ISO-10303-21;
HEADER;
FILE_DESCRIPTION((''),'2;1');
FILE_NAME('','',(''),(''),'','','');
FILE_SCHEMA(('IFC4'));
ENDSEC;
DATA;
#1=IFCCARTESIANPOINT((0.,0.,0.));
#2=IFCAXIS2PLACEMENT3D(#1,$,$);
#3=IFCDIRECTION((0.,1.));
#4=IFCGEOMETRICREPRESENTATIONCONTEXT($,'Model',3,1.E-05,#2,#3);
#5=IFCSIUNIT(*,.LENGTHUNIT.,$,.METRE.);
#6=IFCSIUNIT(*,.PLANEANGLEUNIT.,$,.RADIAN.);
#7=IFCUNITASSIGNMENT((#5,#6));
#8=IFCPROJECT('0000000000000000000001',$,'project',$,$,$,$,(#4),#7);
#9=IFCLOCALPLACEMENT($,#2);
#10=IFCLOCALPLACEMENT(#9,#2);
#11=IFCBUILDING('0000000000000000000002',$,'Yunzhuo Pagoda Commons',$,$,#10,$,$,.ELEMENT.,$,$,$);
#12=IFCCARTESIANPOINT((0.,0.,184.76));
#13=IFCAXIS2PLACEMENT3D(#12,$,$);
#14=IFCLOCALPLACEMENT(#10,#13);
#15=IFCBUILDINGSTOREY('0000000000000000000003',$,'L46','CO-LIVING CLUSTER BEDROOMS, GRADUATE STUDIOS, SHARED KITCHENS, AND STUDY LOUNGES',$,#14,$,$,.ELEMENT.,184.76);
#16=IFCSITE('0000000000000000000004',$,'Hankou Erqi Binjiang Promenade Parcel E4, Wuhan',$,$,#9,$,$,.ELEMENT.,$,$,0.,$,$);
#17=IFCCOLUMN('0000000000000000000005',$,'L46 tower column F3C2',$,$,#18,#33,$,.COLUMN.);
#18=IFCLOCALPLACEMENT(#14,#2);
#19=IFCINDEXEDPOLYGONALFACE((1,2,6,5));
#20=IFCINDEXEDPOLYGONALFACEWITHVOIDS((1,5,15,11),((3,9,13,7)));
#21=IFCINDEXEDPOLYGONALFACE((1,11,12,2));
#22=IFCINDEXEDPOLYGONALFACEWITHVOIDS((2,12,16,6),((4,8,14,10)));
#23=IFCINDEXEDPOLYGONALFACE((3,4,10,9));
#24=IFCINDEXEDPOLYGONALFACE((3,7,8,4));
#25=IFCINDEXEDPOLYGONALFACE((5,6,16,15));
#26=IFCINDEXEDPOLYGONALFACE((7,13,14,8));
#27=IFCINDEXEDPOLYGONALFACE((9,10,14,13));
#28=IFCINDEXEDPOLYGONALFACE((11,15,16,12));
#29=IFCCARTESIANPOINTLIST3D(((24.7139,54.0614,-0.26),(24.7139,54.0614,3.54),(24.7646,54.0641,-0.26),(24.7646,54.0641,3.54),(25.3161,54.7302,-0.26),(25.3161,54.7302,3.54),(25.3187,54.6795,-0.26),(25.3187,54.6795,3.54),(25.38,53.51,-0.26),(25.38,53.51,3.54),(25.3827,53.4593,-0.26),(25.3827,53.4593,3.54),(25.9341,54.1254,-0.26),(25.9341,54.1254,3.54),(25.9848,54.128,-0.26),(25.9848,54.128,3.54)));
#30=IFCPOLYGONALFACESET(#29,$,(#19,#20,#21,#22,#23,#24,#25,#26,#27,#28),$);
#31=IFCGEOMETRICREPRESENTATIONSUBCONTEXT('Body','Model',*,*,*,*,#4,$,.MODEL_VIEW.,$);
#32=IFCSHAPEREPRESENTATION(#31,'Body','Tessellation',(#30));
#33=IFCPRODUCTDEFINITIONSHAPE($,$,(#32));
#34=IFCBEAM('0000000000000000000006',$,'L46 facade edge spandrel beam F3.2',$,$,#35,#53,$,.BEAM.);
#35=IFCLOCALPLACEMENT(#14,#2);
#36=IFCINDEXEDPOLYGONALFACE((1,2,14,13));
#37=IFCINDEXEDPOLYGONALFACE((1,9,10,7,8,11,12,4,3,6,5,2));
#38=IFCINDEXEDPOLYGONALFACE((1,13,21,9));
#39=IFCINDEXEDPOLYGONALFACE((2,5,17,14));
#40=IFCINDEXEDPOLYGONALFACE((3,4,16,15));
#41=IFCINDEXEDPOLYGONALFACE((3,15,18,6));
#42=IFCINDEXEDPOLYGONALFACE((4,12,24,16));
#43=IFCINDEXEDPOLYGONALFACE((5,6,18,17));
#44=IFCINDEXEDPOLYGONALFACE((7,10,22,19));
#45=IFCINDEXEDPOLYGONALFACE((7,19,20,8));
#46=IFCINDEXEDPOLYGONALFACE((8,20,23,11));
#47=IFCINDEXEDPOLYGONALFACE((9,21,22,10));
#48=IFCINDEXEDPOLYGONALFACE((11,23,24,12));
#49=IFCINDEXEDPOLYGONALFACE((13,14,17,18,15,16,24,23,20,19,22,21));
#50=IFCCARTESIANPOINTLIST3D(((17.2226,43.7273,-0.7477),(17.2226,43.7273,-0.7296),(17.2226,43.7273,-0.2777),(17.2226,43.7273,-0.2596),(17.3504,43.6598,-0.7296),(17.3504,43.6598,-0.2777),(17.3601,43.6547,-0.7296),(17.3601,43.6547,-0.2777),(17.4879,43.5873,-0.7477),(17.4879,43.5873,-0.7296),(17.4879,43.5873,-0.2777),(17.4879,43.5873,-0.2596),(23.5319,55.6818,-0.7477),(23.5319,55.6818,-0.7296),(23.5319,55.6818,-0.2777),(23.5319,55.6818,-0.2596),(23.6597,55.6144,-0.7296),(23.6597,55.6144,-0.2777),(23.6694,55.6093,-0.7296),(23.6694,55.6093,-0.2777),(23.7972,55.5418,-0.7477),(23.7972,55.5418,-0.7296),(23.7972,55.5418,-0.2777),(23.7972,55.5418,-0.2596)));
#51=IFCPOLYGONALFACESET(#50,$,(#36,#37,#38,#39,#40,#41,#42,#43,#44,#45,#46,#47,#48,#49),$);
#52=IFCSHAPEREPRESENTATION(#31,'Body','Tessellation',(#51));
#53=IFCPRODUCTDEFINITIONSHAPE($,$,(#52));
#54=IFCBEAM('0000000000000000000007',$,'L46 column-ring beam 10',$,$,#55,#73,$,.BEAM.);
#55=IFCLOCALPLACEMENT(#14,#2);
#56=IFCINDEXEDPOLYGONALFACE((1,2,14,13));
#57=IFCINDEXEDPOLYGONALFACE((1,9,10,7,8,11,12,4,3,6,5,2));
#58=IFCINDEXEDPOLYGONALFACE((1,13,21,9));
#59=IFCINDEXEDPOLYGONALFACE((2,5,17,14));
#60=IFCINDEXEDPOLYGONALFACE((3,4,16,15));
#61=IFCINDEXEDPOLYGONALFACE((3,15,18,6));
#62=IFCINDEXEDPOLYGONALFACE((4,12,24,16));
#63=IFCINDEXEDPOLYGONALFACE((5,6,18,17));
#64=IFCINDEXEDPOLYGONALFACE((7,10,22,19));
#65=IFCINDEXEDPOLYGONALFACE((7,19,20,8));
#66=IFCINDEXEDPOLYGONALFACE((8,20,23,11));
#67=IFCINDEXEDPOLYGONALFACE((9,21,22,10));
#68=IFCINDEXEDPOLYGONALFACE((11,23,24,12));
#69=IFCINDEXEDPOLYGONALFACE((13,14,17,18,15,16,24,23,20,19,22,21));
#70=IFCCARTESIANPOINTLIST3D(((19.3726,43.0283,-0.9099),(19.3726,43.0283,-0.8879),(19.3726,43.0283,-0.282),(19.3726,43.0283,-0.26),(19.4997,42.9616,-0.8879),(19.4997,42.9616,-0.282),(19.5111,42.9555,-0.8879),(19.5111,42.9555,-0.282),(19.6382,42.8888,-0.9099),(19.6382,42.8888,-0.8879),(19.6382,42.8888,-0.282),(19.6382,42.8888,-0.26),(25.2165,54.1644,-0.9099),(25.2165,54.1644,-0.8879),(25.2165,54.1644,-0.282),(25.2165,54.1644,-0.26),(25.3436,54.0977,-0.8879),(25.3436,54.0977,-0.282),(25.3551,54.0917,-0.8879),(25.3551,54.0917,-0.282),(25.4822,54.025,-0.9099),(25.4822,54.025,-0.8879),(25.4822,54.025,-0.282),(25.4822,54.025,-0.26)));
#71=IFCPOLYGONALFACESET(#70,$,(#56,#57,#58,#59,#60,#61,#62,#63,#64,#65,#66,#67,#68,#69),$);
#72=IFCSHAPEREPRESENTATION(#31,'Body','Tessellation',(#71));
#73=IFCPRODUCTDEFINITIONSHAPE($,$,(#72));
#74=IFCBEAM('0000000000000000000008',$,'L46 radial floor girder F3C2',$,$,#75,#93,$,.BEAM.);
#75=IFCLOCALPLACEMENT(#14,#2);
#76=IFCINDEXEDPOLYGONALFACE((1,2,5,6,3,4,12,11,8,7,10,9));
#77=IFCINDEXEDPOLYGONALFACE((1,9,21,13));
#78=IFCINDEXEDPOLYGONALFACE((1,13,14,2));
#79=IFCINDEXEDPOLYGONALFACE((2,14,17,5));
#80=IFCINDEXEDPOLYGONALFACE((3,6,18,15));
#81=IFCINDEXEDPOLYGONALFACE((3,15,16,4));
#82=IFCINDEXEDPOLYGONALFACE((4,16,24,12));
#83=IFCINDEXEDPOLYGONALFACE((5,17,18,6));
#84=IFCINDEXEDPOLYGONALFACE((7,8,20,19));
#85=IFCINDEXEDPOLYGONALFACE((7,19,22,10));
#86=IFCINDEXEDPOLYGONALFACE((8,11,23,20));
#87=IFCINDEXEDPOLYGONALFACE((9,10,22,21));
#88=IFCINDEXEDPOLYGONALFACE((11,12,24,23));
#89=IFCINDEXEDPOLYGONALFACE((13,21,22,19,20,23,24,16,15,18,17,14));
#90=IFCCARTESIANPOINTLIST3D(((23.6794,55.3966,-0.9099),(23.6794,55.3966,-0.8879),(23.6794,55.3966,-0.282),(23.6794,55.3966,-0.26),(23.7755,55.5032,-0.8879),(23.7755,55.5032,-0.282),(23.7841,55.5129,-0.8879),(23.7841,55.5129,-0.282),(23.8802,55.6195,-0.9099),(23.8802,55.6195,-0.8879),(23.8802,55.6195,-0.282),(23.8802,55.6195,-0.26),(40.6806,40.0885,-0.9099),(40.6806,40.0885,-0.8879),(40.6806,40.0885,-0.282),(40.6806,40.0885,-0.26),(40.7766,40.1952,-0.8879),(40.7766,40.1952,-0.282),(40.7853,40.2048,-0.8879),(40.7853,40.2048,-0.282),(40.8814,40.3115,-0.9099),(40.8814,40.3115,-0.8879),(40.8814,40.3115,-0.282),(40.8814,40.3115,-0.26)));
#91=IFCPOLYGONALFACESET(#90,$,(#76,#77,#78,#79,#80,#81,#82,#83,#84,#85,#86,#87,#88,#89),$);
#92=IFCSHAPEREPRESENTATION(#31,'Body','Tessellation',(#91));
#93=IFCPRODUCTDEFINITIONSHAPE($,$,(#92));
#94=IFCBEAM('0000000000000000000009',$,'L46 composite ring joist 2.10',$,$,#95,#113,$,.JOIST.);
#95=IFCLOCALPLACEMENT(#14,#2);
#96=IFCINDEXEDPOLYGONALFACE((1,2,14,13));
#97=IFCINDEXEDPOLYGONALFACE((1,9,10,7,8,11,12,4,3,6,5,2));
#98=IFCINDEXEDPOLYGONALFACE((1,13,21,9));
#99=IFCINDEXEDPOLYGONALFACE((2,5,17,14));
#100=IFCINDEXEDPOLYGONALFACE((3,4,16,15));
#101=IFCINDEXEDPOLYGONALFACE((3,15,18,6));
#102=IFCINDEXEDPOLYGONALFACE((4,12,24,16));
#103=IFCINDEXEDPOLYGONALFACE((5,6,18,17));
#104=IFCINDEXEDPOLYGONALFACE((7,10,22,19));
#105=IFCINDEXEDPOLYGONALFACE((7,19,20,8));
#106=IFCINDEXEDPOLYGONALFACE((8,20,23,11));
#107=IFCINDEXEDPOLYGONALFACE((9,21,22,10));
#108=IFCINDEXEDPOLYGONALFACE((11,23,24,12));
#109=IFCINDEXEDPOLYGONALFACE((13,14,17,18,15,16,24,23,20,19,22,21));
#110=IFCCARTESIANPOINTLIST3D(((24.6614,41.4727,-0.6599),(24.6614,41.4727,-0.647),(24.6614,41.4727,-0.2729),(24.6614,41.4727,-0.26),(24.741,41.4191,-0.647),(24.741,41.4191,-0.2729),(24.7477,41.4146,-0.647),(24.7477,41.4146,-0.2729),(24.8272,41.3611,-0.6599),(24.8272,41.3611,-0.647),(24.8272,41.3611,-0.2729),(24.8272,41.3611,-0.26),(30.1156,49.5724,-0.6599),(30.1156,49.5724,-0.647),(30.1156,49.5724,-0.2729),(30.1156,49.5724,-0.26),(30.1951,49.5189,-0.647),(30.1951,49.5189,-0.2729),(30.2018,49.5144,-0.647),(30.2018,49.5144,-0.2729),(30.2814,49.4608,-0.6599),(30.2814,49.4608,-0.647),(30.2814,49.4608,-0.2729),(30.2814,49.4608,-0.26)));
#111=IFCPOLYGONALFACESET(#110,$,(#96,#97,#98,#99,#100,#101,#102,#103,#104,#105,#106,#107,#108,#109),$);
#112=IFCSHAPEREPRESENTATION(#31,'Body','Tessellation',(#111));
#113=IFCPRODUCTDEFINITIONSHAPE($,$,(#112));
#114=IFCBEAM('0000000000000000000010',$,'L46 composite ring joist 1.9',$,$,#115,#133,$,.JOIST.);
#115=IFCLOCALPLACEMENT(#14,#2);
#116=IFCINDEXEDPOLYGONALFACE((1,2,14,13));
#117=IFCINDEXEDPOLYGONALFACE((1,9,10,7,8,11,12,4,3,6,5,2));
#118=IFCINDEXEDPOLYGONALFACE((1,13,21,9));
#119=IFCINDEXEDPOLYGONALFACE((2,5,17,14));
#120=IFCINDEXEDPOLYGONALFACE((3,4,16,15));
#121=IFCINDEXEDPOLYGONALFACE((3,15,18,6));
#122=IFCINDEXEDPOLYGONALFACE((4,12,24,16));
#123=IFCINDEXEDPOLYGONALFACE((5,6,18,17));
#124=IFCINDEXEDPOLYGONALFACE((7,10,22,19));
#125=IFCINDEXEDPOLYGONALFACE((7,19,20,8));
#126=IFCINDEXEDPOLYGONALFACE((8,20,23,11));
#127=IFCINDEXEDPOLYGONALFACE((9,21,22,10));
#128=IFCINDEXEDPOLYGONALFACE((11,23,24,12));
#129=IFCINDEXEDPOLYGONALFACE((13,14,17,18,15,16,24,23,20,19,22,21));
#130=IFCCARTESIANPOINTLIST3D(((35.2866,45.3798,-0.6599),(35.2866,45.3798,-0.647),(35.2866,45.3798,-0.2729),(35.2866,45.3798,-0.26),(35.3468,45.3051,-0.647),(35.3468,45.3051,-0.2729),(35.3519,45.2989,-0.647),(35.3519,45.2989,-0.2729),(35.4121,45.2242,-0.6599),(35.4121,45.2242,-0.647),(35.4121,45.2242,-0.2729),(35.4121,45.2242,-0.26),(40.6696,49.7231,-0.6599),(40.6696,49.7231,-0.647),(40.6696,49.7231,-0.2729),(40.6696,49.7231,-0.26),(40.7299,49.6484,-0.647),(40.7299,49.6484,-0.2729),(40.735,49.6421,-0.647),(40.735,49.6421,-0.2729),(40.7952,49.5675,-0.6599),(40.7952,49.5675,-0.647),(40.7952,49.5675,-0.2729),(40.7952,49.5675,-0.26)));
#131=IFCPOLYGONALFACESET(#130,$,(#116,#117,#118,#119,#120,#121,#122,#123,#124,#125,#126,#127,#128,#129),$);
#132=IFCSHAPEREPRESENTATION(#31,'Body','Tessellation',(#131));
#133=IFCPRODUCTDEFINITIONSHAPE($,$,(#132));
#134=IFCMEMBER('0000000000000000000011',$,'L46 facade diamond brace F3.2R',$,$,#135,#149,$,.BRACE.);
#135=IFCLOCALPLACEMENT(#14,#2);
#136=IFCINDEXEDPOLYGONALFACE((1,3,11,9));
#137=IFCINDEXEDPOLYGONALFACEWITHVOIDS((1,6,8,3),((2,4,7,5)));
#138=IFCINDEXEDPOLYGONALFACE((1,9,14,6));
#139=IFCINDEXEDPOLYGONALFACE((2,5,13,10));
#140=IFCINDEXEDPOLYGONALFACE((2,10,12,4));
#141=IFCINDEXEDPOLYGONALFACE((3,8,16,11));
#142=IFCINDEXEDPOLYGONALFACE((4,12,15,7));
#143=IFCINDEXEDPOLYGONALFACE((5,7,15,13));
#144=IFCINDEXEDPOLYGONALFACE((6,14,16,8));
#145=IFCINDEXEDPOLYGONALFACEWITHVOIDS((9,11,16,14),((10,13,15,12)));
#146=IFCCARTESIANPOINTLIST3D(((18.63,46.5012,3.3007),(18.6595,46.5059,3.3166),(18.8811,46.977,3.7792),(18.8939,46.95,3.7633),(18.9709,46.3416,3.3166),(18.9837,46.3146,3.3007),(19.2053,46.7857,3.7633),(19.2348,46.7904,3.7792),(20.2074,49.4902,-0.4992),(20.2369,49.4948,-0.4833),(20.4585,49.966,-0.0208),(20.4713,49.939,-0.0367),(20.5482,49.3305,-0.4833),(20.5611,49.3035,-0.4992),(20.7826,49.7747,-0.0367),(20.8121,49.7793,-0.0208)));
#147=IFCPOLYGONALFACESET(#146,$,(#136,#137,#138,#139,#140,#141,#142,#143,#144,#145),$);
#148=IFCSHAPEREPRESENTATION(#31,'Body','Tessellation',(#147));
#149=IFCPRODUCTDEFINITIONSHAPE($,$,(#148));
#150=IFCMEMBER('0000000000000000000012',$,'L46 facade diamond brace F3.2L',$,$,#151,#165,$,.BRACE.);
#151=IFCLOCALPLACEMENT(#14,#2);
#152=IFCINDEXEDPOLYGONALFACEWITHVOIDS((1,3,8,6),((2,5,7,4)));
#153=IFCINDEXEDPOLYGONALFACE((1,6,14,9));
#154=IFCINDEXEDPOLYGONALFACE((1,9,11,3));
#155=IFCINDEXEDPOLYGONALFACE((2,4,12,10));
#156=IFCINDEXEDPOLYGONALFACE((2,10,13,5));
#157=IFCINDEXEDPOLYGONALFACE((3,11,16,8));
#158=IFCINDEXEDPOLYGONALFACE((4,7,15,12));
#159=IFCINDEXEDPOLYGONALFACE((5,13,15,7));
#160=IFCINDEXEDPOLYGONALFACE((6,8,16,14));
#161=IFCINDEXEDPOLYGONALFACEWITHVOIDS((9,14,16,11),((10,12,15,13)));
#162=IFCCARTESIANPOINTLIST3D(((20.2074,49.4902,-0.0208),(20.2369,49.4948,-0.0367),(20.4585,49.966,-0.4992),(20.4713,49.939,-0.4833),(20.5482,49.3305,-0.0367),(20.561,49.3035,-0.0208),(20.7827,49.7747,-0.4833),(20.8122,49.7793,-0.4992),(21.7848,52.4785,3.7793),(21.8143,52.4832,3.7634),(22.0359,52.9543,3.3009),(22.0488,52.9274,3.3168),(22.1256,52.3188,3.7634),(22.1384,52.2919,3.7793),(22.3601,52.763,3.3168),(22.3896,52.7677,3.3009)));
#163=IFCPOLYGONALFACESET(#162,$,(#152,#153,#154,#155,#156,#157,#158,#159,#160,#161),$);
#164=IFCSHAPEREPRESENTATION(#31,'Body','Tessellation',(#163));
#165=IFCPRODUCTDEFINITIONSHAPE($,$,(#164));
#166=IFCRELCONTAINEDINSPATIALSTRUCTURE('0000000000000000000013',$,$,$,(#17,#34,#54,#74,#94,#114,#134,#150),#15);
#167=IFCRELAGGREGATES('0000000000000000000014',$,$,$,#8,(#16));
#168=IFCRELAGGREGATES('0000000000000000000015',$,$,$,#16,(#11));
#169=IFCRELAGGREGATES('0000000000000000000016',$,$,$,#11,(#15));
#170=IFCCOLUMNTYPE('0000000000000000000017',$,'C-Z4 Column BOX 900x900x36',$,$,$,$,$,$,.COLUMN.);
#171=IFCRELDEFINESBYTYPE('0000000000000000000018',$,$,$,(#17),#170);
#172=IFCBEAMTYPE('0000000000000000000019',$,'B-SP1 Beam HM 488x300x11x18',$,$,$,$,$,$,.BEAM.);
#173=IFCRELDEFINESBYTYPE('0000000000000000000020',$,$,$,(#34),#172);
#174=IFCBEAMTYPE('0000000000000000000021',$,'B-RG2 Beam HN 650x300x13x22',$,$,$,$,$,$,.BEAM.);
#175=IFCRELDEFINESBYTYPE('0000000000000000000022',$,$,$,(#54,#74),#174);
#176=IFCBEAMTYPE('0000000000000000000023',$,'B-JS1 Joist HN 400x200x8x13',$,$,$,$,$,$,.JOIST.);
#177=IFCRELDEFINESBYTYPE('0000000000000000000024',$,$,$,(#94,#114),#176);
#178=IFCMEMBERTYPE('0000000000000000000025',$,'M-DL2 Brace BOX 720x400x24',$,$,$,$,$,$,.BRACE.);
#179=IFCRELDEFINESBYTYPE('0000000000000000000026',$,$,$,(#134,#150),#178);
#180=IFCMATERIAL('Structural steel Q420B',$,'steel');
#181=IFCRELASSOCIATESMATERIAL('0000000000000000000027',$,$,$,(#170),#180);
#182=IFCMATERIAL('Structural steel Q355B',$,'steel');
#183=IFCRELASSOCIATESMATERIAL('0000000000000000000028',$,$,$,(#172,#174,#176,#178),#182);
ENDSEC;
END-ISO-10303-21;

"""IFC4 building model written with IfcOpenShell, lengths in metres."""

from ifc_helpers import new_model, si_unit, direction, frame, origin, origin_2d, place, context, subcontext, project, spatial, hollow_rectangle, i_section, extrude, source, transform, mapped, material, material_profile, profile_set, type_object, element, save


model = new_model("IFC4")

# Units and contexts
model_context = context("Model", 3, precision=1e-05, world=origin(), true_north=direction((0.0, 1.0)))
body_context = subcontext(model_context, "Body", "Model", "MODEL_VIEW")
ifc_project = project(units=[si_unit("LENGTHUNIT", "METRE"), si_unit("PLANEANGLEUNIT", "RADIAN")], contexts=[model_context])

# Site, building, storey
site_placement = place(None, origin())
site = spatial("IfcSite", under=ifc_project, at=site_placement, Name="Hankou Erqi Binjiang Promenade Parcel E4, Wuhan", CompositionType="ELEMENT", RefElevation=0.0)
building_placement = place(site_placement, origin())
building = spatial("IfcBuilding", under=site, at=building_placement, Name="Yunzhuo Pagoda Commons", CompositionType="ELEMENT")
storey_placement = place(building_placement, frame((0.0, 0.0, 184.76)))
storey = spatial("IfcBuildingStorey", under=building, at=storey_placement, Name="L46", Description="CO-LIVING CLUSTER BEDROOMS, GRADUATE STUDIOS, SHARED KITCHENS, AND STUDY LOUNGES", CompositionType="ELEMENT", Elevation=184.76)

# Column
ifc_material_1 = material(Name="Structural steel Q420B", Category="steel")
ifc_material_profile_1 = material_profile(ifc_material_1, hollow_rectangle(XDim=0.8999, YDim=0.8999, WallThickness=0.0359, at=origin_2d()), Name="Structural steel Q420B")
ifc_profile_set_1 = profile_set([ifc_material_profile_1], Name="Structural steel Q420B")
column_type = type_object("IfcColumnType", Name="C-Z4 Column BOX 900x900x36", PredefinedType="COLUMN", material=ifc_profile_set_1)
shared_shape_1 = source(origin(), body_context, "Body", "SweptSolid", [
    extrude(hollow_rectangle(XDim=0.8999, YDim=0.8999, WallThickness=0.0359, at=origin_2d()), origin(), (0.0, 0.0, 1.0), 3.8),
])
column_placement = place(storey_placement, frame((25.3494, 54.0947, -0.26), z_axis=(0.0, 0.0, 1.0), x_axis=(-0.669131, -0.743145, 0.0)))
element("IfcColumn", 1, at=column_placement, inside=storey, type_object=column_type, Name="L46 tower column F3C2", PredefinedType="COLUMN", context=body_context, shape_type="MappedRepresentation", body=[
    mapped(shared_shape_1, transform((0.0, 0.0, 0.0), scale=1.0)),
])

# Beams
ifc_material_2 = material(Name="Structural steel Q355B", Category="steel")
ifc_material_profile_2 = material_profile(ifc_material_2, i_section(OverallWidth=0.3, OverallDepth=0.488, WebThickness=0.011, FlangeThickness=0.0181, at=origin_2d()), Name="Structural steel Q355B")
ifc_profile_set_2 = profile_set([ifc_material_profile_2], Name="Structural steel Q355B")
beam_type_1 = type_object("IfcBeamType", Name="B-SP1 Beam HM 488x300x11x18", PredefinedType="BEAM", material=ifc_profile_set_2)
shared_shape_2 = source(origin(), body_context, "Body", "SweptSolid", [
    extrude(i_section(OverallWidth=0.3, OverallDepth=0.488, WebThickness=0.011, FlangeThickness=0.0181, at=origin_2d()), origin(), (0.0, 0.0, 1.0), 13.5173),
])
beam_1_placement = place(storey_placement, frame((23.6646, 55.6118, -0.5037), z_axis=(-0.466756, -0.884386, 0.0), x_axis=(0.884386, -0.466756, 0.0)))
element("IfcBeam", 2, at=beam_1_placement, inside=storey, type_object=beam_type_1, Name="L46 facade edge spandrel beam F3.2", PredefinedType="BEAM", context=body_context, shape_type="MappedRepresentation", body=[
    mapped(shared_shape_2, transform((0.0, 0.0, 0.0), scale=1.0)),
])
ifc_material_profile_3 = material_profile(ifc_material_2, i_section(OverallWidth=0.3, OverallDepth=0.6499, WebThickness=0.0129, FlangeThickness=0.022, at=origin_2d()), Name="Structural steel Q355B")
ifc_profile_set_3 = profile_set([ifc_material_profile_3], Name="Structural steel Q355B")
beam_type_2 = type_object("IfcBeamType", Name="B-RG2 Beam HN 650x300x13x22", PredefinedType="BEAM", material=ifc_profile_set_3)
shared_shape_3 = source(origin(), body_context, "Body", "SweptSolid", [
    extrude(i_section(OverallWidth=0.3, OverallDepth=0.6499, WebThickness=0.0129, FlangeThickness=0.022, at=origin_2d()), origin(), (0.0, 0.0, 1.0), 12.5764),
])
beam_2_placement = place(storey_placement, frame((25.3494, 54.0947, -0.585), z_axis=(-0.464676, -0.885481, 0.0), x_axis=(0.885481, -0.464676, 0.0)))
element("IfcBeam", 3, at=beam_2_placement, inside=storey, type_object=beam_type_2, Name="L46 column-ring beam 10", PredefinedType="BEAM", context=body_context, shape_type="MappedRepresentation", body=[
    mapped(shared_shape_3, transform((0.0, 0.0, 0.0), scale=1.0)),
])
shared_shape_4 = source(origin(), body_context, "Body", "SweptSolid", [
    extrude(i_section(OverallWidth=0.3, OverallDepth=0.6499, WebThickness=0.0129, FlangeThickness=0.022, at=origin_2d()), origin(), (0.0, 0.0, 1.0), 22.8774),
])
beam_3_placement = place(storey_placement, frame((23.7798, 55.5081, -0.585), z_axis=(0.743142, -0.669134, 0.0), x_axis=(0.669134, 0.743142, 0.0)))
element("IfcBeam", 4, at=beam_3_placement, inside=storey, type_object=beam_type_2, Name="L46 radial floor girder F3C2", PredefinedType="BEAM", context=body_context, shape_type="MappedRepresentation", body=[
    mapped(shared_shape_4, transform((0.0, 0.0, 0.0), scale=1.0)),
])
ifc_material_profile_4 = material_profile(ifc_material_2, i_section(OverallWidth=0.2, OverallDepth=0.3999, WebThickness=0.0081, FlangeThickness=0.0129, at=origin_2d()), Name="Structural steel Q355B")
ifc_profile_set_4 = profile_set([ifc_material_profile_4], Name="Structural steel Q355B")
beam_type_3 = type_object("IfcBeamType", Name="B-JS1 Joist HN 400x200x8x13", PredefinedType="JOIST", material=ifc_profile_set_4)
shared_shape_5 = source(origin(), body_context, "Body", "SweptSolid", [
    extrude(i_section(OverallWidth=0.2, OverallDepth=0.3999, WebThickness=0.0081, FlangeThickness=0.0129, at=origin_2d()), origin(), (0.0, 0.0, 1.0), 9.7649),
])
beam_4_placement = place(storey_placement, frame((30.1985, 49.5166, -0.46), z_axis=(-0.558548, -0.829472, 0.0), x_axis=(0.829472, -0.558548, 0.0)))
element("IfcBeam", 5, at=beam_4_placement, inside=storey, type_object=beam_type_3, Name="L46 composite ring joist 2.10", PredefinedType="JOIST", context=body_context, shape_type="MappedRepresentation", body=[
    mapped(shared_shape_5, transform((0.0, 0.0, 0.0), scale=1.0)),
])
shared_shape_6 = source(origin(), body_context, "Body", "SweptSolid", [
    extrude(i_section(OverallWidth=0.2, OverallDepth=0.3999, WebThickness=0.0081, FlangeThickness=0.0129, at=origin_2d()), origin(), (0.0, 0.0, 1.0), 6.9167),
])
beam_5_placement = place(storey_placement, frame((40.7324, 49.6453, -0.46), z_axis=(-0.778266, -0.627935, 0.0), x_axis=(0.627935, -0.778266, 0.0)))
element("IfcBeam", 6, at=beam_5_placement, inside=storey, type_object=beam_type_3, Name="L46 composite ring joist 1.9", PredefinedType="JOIST", context=body_context, shape_type="MappedRepresentation", body=[
    mapped(shared_shape_6, transform((0.0, 0.0, 0.0), scale=1.0)),
])

# Members
ifc_material_profile_5 = material_profile(ifc_material_2, hollow_rectangle(XDim=0.3999, YDim=0.72, WallThickness=0.0239, at=origin_2d()), Name="Structural steel Q355B")
ifc_profile_set_5 = profile_set([ifc_material_profile_5], Name="Structural steel Q355B")
member_type_1 = type_object("IfcMemberType", Name="M-DL2 Brace BOX 720x400x24", PredefinedType="BRACE", material=ifc_profile_set_5)
shared_shape_7 = source(origin(), body_context, "Body", "SweptSolid", [
    extrude(hollow_rectangle(XDim=0.3999, YDim=0.72, WallThickness=0.0239, at=origin_2d()), origin(), (0.0, 0.0, 1.0), 5.0854),
])
member_1_placement = place(storey_placement, frame((20.5098, 49.6348, -0.26), z_axis=(-0.310172, -0.587747, 0.747226), x_axis=(0.884402, -0.466726, 0.0)))
element("IfcMember", 7, at=member_1_placement, inside=storey, type_object=member_type_1, Name="L46 facade diamond brace F3.2R", PredefinedType="BRACE", context=body_context, shape_type="MappedRepresentation", body=[
    mapped(shared_shape_7, transform((0.0, 0.0, 0.0), scale=1.0)),
])
shared_shape_8 = source(origin(), body_context, "Body", "SweptSolid", [
    extrude(hollow_rectangle(XDim=0.3999, YDim=0.72, WallThickness=0.0239, at=origin_2d()), origin(), (0.0, 0.0, 1.0), 5.0852),
])
member_2_placement = place(storey_placement, frame((20.5098, 49.6348, -0.26), z_axis=(0.310198, 0.587653, 0.747289), x_axis=(-0.884355, 0.466815, 0.0)))
element("IfcMember", 8, at=member_2_placement, inside=storey, type_object=member_type_1, Name="L46 facade diamond brace F3.2L", PredefinedType="BRACE", context=body_context, shape_type="MappedRepresentation", body=[
    mapped(shared_shape_8, transform((0.0, 0.0, 0.0), scale=1.0)),
])

save(model, "model.ifc")
